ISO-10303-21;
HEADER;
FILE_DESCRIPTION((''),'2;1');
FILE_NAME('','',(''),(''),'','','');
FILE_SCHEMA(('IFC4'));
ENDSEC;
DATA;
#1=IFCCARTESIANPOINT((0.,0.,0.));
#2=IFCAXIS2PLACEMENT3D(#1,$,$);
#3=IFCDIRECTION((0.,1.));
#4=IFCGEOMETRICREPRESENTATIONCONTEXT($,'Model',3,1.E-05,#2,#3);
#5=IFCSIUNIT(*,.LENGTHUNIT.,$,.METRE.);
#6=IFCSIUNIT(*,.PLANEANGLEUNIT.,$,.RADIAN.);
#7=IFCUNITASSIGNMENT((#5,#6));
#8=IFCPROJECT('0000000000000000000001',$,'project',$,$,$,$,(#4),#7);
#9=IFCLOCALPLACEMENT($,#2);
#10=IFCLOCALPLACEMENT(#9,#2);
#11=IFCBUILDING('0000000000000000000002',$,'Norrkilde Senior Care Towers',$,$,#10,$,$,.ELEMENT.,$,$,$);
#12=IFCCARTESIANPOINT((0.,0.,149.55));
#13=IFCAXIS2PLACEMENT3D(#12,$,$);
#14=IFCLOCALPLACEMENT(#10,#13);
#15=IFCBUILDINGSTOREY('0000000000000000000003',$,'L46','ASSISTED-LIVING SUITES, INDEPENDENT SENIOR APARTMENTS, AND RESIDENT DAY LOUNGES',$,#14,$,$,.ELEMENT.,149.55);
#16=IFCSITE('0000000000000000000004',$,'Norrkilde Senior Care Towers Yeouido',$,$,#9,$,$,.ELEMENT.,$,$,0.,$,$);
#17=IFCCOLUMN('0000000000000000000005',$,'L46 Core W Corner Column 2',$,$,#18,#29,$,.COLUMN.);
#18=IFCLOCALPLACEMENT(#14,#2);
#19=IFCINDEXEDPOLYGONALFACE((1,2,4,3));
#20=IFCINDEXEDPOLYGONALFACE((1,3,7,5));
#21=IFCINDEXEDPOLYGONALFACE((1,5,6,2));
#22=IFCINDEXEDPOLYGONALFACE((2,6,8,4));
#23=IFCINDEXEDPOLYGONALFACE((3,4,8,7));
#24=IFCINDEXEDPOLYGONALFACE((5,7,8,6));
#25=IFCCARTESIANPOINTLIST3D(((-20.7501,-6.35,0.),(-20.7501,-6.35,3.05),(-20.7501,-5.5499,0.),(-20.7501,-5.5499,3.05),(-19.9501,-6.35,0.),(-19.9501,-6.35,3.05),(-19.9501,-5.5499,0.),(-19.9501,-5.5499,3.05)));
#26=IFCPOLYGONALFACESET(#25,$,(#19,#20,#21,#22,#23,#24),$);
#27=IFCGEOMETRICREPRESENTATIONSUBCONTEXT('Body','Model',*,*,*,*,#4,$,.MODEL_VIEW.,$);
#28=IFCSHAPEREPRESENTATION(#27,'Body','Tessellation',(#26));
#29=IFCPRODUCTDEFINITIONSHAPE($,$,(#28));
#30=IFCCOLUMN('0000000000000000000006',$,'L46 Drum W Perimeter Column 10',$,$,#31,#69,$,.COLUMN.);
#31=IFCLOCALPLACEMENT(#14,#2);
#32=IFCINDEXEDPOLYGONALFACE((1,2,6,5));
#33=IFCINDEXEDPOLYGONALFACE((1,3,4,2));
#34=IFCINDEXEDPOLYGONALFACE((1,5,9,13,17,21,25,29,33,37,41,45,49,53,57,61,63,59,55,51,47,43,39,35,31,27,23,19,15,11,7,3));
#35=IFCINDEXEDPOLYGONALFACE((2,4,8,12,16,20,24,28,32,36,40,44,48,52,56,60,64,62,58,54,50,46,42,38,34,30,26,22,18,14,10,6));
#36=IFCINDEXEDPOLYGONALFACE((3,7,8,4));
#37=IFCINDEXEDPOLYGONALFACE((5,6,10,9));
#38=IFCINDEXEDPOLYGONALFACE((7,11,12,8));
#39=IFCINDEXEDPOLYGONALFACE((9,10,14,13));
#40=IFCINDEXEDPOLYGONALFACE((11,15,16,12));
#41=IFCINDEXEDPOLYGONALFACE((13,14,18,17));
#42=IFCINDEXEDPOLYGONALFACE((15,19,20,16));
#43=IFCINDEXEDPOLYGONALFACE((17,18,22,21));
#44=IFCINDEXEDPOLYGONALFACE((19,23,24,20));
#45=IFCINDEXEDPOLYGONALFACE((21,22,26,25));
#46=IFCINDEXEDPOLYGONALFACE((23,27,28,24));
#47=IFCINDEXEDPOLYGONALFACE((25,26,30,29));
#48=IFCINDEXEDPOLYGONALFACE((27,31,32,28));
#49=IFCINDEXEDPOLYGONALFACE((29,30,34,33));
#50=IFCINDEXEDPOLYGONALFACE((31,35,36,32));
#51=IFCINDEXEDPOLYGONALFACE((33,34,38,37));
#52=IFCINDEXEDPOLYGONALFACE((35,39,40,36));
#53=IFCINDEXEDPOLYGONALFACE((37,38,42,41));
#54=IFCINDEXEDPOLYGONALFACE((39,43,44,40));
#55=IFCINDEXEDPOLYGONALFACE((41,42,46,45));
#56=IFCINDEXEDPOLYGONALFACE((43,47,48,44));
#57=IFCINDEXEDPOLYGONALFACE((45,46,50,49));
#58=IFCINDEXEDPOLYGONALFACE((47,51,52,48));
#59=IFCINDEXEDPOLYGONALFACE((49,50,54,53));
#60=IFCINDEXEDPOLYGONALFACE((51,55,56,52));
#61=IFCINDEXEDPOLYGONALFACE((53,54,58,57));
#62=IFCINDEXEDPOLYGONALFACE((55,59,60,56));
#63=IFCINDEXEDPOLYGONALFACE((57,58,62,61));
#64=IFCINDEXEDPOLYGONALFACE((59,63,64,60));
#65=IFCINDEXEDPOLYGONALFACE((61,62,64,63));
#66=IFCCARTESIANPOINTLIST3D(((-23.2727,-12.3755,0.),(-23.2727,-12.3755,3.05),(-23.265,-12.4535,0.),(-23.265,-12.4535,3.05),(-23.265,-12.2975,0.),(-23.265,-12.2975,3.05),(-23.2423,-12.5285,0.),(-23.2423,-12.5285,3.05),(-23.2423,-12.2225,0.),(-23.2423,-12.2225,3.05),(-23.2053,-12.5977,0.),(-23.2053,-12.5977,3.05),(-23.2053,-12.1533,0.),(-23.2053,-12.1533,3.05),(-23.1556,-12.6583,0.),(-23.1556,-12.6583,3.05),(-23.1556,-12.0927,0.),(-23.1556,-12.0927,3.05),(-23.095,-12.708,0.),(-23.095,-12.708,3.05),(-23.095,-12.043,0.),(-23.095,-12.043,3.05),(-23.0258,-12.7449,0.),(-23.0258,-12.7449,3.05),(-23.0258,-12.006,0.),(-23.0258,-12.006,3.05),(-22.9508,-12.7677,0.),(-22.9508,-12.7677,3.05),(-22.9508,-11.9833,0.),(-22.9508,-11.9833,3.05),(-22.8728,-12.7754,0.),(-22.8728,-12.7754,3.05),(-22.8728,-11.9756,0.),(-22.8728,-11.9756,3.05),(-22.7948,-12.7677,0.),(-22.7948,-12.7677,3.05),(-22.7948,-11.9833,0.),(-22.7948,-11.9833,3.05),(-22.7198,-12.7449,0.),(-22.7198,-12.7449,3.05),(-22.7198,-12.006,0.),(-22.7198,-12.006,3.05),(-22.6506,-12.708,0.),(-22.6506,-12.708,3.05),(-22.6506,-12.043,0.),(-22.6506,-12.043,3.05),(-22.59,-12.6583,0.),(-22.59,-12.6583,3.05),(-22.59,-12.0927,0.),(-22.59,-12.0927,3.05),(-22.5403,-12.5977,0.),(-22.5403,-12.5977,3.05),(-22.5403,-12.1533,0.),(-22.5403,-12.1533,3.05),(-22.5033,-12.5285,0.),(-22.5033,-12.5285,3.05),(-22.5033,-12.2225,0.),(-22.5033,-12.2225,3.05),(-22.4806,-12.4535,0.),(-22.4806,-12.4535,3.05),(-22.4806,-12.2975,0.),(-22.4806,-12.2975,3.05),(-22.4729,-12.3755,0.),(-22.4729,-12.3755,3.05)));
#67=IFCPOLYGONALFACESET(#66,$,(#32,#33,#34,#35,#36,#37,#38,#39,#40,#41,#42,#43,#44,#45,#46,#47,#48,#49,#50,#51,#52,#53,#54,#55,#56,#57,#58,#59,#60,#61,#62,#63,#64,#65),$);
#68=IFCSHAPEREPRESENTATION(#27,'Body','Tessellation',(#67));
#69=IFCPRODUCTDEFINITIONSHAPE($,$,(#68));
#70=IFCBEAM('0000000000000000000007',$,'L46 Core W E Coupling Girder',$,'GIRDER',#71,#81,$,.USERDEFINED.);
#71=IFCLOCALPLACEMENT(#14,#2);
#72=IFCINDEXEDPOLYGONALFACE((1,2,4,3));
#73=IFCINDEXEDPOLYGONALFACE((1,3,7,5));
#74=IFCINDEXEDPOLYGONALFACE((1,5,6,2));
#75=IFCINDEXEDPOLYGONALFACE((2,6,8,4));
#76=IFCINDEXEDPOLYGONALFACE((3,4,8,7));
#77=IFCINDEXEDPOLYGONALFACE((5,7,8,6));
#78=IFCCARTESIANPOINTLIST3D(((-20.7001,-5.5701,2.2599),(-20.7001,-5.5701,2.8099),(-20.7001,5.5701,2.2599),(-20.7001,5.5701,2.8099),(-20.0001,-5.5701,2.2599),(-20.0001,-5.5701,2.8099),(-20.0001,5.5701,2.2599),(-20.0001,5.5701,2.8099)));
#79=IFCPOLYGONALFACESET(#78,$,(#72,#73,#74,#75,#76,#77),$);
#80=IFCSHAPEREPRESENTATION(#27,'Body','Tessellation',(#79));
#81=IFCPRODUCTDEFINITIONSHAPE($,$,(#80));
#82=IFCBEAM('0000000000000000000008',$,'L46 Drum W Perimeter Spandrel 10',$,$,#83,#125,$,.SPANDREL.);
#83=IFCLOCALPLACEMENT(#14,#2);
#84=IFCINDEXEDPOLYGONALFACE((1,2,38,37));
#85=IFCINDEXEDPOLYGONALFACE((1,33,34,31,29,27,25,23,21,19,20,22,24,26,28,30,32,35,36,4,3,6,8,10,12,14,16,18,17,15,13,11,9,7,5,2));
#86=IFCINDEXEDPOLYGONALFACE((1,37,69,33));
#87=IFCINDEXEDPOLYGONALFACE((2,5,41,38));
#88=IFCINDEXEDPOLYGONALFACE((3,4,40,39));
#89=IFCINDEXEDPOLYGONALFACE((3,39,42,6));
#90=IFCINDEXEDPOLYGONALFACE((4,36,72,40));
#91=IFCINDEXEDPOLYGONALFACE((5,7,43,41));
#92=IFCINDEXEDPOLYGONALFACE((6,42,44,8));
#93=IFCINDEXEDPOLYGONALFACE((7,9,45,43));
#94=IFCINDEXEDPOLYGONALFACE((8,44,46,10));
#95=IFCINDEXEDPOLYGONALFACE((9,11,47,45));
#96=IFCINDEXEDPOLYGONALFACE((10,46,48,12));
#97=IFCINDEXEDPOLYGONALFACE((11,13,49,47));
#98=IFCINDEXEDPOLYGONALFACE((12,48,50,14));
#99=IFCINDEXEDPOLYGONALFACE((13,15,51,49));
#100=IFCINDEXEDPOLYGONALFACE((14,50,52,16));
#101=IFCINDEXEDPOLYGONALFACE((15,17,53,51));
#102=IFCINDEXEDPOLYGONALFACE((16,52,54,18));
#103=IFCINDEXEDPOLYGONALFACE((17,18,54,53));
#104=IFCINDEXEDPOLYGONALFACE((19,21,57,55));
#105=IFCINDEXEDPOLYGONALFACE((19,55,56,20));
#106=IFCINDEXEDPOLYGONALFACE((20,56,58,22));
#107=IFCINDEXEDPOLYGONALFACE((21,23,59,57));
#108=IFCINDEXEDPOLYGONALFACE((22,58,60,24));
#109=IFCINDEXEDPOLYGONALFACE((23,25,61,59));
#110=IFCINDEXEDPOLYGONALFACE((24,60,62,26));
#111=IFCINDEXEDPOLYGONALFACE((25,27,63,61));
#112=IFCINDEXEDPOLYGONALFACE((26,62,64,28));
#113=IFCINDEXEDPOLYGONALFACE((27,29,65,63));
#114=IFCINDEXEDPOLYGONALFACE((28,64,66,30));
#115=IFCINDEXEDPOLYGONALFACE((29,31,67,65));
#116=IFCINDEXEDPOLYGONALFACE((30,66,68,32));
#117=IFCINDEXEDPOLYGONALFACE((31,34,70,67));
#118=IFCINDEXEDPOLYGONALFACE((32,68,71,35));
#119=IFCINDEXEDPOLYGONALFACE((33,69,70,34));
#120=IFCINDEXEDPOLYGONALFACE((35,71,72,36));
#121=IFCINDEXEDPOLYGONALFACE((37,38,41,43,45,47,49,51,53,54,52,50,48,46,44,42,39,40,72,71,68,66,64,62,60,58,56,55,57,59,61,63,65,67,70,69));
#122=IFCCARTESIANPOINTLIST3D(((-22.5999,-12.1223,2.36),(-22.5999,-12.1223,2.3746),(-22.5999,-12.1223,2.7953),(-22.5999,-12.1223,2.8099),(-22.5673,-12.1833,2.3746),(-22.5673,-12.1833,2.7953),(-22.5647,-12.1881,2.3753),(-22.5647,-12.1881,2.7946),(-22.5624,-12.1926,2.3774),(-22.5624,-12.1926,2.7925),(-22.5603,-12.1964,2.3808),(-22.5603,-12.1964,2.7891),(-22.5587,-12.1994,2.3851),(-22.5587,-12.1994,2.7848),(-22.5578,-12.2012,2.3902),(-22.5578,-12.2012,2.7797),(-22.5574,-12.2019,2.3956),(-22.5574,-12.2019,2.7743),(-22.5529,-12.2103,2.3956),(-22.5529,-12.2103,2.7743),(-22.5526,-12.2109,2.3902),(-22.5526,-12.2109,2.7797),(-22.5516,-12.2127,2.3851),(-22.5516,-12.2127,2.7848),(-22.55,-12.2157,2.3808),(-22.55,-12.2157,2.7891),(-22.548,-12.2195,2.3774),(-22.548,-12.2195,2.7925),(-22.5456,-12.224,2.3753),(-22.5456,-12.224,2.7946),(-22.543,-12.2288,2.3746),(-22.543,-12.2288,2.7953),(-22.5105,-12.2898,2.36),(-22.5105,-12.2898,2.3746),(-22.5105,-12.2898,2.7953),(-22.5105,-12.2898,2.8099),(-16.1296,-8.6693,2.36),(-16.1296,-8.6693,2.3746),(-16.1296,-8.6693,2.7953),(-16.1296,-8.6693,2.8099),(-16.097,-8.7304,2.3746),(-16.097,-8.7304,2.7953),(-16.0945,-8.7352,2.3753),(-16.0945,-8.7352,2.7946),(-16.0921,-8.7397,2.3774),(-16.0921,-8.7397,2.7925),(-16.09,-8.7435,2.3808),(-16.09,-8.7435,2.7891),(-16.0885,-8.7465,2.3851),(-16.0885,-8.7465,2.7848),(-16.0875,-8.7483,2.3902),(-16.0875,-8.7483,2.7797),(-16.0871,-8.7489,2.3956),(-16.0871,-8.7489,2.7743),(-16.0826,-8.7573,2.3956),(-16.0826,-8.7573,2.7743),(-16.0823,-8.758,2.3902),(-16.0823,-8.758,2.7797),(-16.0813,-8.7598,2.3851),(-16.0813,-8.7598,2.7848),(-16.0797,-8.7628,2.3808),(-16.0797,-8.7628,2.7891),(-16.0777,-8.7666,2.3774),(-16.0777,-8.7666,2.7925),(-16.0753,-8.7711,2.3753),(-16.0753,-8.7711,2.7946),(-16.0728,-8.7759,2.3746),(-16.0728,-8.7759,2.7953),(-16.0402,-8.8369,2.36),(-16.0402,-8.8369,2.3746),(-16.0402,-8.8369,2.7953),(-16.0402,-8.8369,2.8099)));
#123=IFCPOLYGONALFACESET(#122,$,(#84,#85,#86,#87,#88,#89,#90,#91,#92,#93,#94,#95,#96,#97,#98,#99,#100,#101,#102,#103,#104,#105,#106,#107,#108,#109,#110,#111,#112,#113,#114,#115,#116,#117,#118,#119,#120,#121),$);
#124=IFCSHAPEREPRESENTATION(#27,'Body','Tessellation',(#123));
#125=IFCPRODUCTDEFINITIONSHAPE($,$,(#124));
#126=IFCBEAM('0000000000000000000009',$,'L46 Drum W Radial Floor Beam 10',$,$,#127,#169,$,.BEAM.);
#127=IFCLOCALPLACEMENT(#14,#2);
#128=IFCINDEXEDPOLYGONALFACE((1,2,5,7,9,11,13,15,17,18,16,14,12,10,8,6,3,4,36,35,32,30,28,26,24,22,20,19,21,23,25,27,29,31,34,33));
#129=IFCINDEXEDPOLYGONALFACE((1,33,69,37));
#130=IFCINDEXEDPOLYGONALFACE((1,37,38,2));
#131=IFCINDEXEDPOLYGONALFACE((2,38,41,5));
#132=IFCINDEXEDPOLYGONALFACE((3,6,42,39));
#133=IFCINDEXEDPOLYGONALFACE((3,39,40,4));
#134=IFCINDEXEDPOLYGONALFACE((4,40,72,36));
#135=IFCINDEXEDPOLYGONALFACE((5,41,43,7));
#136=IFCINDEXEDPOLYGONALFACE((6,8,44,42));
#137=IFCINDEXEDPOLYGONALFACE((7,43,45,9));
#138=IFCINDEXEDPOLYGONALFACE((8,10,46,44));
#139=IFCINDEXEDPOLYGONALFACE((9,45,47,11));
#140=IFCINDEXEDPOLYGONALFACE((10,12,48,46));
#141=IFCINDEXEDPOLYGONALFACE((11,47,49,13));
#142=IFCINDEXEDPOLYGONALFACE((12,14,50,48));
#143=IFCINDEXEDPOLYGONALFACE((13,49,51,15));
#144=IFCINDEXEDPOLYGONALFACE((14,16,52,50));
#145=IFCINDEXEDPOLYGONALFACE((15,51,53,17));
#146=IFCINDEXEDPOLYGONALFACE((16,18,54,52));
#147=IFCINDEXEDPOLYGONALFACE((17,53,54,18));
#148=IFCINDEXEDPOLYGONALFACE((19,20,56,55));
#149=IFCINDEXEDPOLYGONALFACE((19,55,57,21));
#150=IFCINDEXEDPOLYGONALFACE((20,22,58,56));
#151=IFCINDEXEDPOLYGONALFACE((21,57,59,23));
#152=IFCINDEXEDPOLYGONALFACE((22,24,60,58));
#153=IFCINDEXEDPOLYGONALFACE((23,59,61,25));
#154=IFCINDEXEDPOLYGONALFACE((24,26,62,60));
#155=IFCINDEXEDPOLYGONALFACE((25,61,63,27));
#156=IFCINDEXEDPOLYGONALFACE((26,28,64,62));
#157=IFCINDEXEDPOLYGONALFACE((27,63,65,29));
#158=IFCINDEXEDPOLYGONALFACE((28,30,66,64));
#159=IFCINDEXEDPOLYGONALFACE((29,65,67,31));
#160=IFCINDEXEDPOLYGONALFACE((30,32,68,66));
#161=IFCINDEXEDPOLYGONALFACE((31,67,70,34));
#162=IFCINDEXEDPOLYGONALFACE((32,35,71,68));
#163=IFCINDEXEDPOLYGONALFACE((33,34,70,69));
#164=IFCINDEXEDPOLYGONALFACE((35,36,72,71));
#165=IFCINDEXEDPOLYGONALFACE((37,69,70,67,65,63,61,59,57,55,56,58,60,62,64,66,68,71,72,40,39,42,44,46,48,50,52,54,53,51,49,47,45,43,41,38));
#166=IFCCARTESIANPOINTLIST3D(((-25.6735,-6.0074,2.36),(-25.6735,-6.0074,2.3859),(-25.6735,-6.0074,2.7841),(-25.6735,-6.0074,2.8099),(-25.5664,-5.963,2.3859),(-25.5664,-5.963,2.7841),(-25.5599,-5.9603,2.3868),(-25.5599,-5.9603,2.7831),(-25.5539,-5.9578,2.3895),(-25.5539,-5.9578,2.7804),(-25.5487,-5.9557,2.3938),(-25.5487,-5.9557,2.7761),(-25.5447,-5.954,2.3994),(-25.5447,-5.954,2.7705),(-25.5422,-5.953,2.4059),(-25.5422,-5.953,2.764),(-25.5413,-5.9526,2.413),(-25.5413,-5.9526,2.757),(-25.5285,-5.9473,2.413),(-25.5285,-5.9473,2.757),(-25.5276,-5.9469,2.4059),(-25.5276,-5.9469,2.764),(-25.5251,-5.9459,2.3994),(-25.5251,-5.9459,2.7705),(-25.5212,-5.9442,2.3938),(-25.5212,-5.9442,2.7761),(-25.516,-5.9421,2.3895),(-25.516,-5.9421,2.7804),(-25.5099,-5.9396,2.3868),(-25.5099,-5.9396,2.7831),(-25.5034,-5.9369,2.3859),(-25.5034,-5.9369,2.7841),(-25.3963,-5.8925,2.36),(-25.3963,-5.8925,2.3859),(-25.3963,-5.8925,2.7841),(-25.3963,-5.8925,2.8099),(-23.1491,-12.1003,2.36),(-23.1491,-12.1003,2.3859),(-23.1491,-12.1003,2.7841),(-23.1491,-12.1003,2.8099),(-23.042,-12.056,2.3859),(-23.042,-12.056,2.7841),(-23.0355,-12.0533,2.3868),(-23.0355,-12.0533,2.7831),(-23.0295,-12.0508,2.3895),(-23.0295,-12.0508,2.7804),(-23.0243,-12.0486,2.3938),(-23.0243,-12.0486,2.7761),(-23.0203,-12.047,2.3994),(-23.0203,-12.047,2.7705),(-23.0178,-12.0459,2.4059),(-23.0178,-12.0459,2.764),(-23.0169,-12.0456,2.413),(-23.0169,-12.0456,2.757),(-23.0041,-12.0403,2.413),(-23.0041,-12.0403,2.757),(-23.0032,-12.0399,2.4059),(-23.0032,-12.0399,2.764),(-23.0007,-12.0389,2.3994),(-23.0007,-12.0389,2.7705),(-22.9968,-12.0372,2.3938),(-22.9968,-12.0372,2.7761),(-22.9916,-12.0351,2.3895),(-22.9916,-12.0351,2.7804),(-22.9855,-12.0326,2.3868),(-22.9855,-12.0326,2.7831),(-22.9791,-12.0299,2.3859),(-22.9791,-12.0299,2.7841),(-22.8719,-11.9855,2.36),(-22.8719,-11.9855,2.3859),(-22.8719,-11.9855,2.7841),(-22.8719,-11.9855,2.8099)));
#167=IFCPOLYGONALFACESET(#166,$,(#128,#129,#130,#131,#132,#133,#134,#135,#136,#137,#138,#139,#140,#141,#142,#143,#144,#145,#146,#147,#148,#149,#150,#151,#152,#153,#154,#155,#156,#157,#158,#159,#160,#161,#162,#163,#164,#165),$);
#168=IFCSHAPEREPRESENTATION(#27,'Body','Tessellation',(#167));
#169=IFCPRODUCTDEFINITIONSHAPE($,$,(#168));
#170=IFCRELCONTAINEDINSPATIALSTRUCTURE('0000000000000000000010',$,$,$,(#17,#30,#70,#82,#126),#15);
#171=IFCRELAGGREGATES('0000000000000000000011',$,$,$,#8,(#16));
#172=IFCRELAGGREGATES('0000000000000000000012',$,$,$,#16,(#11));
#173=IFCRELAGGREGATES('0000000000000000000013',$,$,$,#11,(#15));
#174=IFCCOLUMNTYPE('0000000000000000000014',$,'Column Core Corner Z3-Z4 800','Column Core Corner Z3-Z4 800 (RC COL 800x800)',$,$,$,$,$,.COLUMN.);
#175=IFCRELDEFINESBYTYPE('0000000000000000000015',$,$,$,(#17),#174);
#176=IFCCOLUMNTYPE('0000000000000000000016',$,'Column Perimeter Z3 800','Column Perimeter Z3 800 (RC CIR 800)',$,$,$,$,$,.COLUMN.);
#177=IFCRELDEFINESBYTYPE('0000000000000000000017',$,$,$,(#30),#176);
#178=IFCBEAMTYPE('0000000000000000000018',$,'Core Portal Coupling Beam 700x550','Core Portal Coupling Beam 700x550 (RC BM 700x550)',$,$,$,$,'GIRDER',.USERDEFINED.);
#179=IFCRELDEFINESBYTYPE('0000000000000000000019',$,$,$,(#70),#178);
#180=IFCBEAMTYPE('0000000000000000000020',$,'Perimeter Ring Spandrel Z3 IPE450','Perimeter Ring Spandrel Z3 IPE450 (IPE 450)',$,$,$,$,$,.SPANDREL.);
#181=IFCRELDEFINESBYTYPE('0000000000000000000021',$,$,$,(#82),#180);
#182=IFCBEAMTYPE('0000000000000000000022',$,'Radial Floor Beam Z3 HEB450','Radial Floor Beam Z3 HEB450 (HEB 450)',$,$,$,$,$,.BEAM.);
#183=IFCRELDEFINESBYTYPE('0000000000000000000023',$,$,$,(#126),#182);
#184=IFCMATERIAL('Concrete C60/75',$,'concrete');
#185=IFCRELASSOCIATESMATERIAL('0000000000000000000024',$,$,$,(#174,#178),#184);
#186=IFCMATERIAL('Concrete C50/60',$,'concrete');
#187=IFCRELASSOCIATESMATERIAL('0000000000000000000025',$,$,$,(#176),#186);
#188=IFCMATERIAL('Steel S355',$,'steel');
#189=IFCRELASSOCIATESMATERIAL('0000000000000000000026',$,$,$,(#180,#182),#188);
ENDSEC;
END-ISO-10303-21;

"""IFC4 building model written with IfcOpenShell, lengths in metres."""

from ifc_helpers import new_model, si_unit, direction, frame, origin, origin_2d, place, context, subcontext, project, spatial, rectangle, circle, i_section, extrude, source, transform, mapped, material, material_profile, profile_set, type_object, type_shapes, element, save


model = new_model("IFC4")

# Units and contexts
model_context = context("Model", 3, precision=1e-05, world=origin(), true_north=direction((0.0, 1.0)))
body_context = subcontext(model_context, "Body", "Model", "MODEL_VIEW")
ifc_project = project(units=[si_unit("LENGTHUNIT", "METRE"), si_unit("PLANEANGLEUNIT", "RADIAN")], contexts=[model_context])

# Site, building, storey
site_placement = place(None, origin())
site = spatial("IfcSite", under=ifc_project, at=site_placement, Name="Norrkilde Senior Care Towers Yeouido", CompositionType="ELEMENT", RefElevation=0.0)
building_placement = place(site_placement, origin())
building = spatial("IfcBuilding", under=site, at=building_placement, Name="Norrkilde Senior Care Towers", CompositionType="ELEMENT")
storey_placement = place(building_placement, frame((0.0, 0.0, 149.55)))
storey = spatial("IfcBuildingStorey", under=building, at=storey_placement, Name="L46", Description="ASSISTED-LIVING SUITES, INDEPENDENT SENIOR APARTMENTS, AND RESIDENT DAY LOUNGES", CompositionType="ELEMENT", Elevation=149.55)

# Columns
ifc_material_1 = material(Name="Concrete C60/75", Category="concrete")
ifc_material_profile_1 = material_profile(ifc_material_1, rectangle(XDim=0.8, YDim=0.8, at=origin_2d()), Name="RC COL 800x800")
ifc_profile_set_1 = profile_set([ifc_material_profile_1], Name="Concrete C60/75")
column_type_1 = type_object("IfcColumnType", Name="Column Core Corner Z3-Z4 800", Description="Column Core Corner Z3-Z4 800 (RC COL 800x800)", PredefinedType="COLUMN", material=ifc_profile_set_1)
shared_shape_1 = source(origin(), body_context, "Body", "SweptSolid", [
    extrude(rectangle(XDim=0.8, YDim=0.8, at=origin_2d()), origin(), (0.0, 0.0, 1.0), 3.05),
])
type_shapes(column_type_1, [shared_shape_1])
column_1_placement = place(storey_placement, frame((-20.3501, -5.95, 0.0), z_axis=(0.0, 0.0, 1.0), x_axis=(1.0, 0.0, 0.0)))
element("IfcColumn", 1, at=column_1_placement, inside=storey, type_object=column_type_1, Name="L46 Core W Corner Column 2", PredefinedType="COLUMN", context=body_context, shape_type="MappedRepresentation", body=[
    mapped(shared_shape_1, transform((0.0, 0.0, 0.0), x_axis=(1.0, 0.0, 0.0), y_axis=(0.0, 1.0, 0.0), z_axis=(0.0, 0.0, 1.0), scale=1.0)),
])
ifc_material_2 = material(Name="Concrete C50/60", Category="concrete")
ifc_material_profile_2 = material_profile(ifc_material_2, circle(Radius=0.3999, at=origin_2d()), Name="RC CIR 800")
ifc_profile_set_2 = profile_set([ifc_material_profile_2], Name="Concrete C50/60")
column_type_2 = type_object("IfcColumnType", Name="Column Perimeter Z3 800", Description="Column Perimeter Z3 800 (RC CIR 800)", PredefinedType="COLUMN", material=ifc_profile_set_2)
shared_shape_2 = source(origin(), body_context, "Body", "SweptSolid", [
    extrude(circle(Radius=0.3999, at=origin_2d()), origin(), (0.0, 0.0, 1.0), 3.05),
])
type_shapes(column_type_2, [shared_shape_2])
column_2_placement = place(storey_placement, frame((-22.8728, -12.3755, 0.0), z_axis=(0.0, 0.0, 1.0), x_axis=(1.0, 0.0, 0.0)))
element("IfcColumn", 2, at=column_2_placement, inside=storey, type_object=column_type_2, Name="L46 Drum W Perimeter Column 10", PredefinedType="COLUMN", context=body_context, shape_type="MappedRepresentation", body=[
    mapped(shared_shape_2, transform((0.0, 0.0, 0.0), x_axis=(1.0, 0.0, 0.0), y_axis=(0.0, 1.0, 0.0), z_axis=(0.0, 0.0, 1.0), scale=1.0)),
])

# Beams
ifc_material_profile_3 = material_profile(ifc_material_1, rectangle(XDim=0.7, YDim=0.55, at=origin_2d()), Name="RC BM 700x550")
ifc_profile_set_3 = profile_set([ifc_material_profile_3], Name="Concrete C60/75")
beam_type_1 = type_object("IfcBeamType", Name="Core Portal Coupling Beam 700x550", Description="Core Portal Coupling Beam 700x550 (RC BM 700x550)", ElementType="GIRDER", PredefinedType="USERDEFINED", material=ifc_profile_set_3)
shared_shape_3 = source(origin(), body_context, "Body", "SweptSolid", [
    extrude(rectangle(XDim=0.7, YDim=0.55, at=origin_2d()), origin(), (0.0, 0.0, 1.0), 11.1401),
])
type_shapes(beam_type_1, [shared_shape_3])
beam_1_placement = place(storey_placement, frame((-20.3501, -5.5701, 2.5349), z_axis=(0.0, 1.0, 0.0), x_axis=(-1.0, 0.0, 0.0)))
element("IfcBeam", 3, at=beam_1_placement, inside=storey, type_object=beam_type_1, Name="L46 Core W E Coupling Girder", ObjectType="GIRDER", PredefinedType="USERDEFINED", context=body_context, shape_type="MappedRepresentation", body=[
    mapped(shared_shape_3, transform((0.0, 0.0, 0.0), x_axis=(1.0, 0.0, 0.0), y_axis=(0.0, 1.0, 0.0), z_axis=(0.0, 0.0, 1.0), scale=1.0)),
])
ifc_material_3 = material(Name="Steel S355", Category="steel")
ifc_material_profile_4 = material_profile(ifc_material_3, i_section(OverallWidth=0.1899, OverallDepth=0.45, WebThickness=0.0095, FlangeThickness=0.0146, FilletRadius=0.021, at=origin_2d()), Name="IPE 450")
ifc_profile_set_4 = profile_set([ifc_material_profile_4], Name="Steel S355")
beam_type_2 = type_object("IfcBeamType", Name="Perimeter Ring Spandrel Z3 IPE450", Description="Perimeter Ring Spandrel Z3 IPE450 (IPE 450)", PredefinedType="SPANDREL", material=ifc_profile_set_4)
shared_shape_4 = source(origin(), body_context, "Body", "SweptSolid", [
    extrude(i_section(OverallWidth=0.1899, OverallDepth=0.45, WebThickness=0.0095, FlangeThickness=0.0146, FilletRadius=0.021, at=origin_2d()), origin(), (0.0, 0.0, 1.0), 7.334),
])
type_shapes(beam_type_2, [shared_shape_4])
beam_2_placement = place(storey_placement, frame((-22.5552, -12.2061, 2.585), z_axis=(0.882234, 0.470811, 0.0), x_axis=(-0.470811, 0.882234, 0.0)))
element("IfcBeam", 4, at=beam_2_placement, inside=storey, type_object=beam_type_2, Name="L46 Drum W Perimeter Spandrel 10", PredefinedType="SPANDREL", context=body_context, shape_type="MappedRepresentation", body=[
    mapped(shared_shape_4, transform((0.0, 0.0, 0.0), x_axis=(1.0, 0.0, 0.0), y_axis=(0.0, 1.0, 0.0), z_axis=(0.0, 0.0, 1.0), scale=1.0)),
])
ifc_material_profile_5 = material_profile(ifc_material_3, i_section(OverallWidth=0.3, OverallDepth=0.45, WebThickness=0.0139, FlangeThickness=0.0259, FilletRadius=0.0271, at=origin_2d()), Name="HEB 450")
ifc_profile_set_5 = profile_set([ifc_material_profile_5], Name="Steel S355")
beam_type_3 = type_object("IfcBeamType", Name="Radial Floor Beam Z3 HEB450", Description="Radial Floor Beam Z3 HEB450 (HEB 450)", PredefinedType="BEAM", material=ifc_profile_set_5)
shared_shape_5 = source(origin(), body_context, "Body", "SweptSolid", [
    extrude(i_section(OverallWidth=0.3, OverallDepth=0.45, WebThickness=0.0139, FlangeThickness=0.0259, FilletRadius=0.0271, at=origin_2d()), origin(), (0.0, 0.0, 1.0), 6.5952),
])
beam_3_placement = place(storey_placement, frame((-25.5349, -5.95, 2.585), z_axis=(0.382762, -0.923847, 0.0), x_axis=(0.923847, 0.382762, 0.0)))
element("IfcBeam", 5, at=beam_3_placement, inside=storey, type_object=beam_type_3, Name="L46 Drum W Radial Floor Beam 10", PredefinedType="BEAM", context=body_context, shape_type="MappedRepresentation", body=[
    mapped(shared_shape_5, transform((0.0, 0.0, 0.0), x_axis=(1.0, 0.0, 0.0), y_axis=(0.0, 1.0, 0.0), z_axis=(0.0, 0.0, 1.0), scale=1.0)),
])

save(model, "model.ifc")
